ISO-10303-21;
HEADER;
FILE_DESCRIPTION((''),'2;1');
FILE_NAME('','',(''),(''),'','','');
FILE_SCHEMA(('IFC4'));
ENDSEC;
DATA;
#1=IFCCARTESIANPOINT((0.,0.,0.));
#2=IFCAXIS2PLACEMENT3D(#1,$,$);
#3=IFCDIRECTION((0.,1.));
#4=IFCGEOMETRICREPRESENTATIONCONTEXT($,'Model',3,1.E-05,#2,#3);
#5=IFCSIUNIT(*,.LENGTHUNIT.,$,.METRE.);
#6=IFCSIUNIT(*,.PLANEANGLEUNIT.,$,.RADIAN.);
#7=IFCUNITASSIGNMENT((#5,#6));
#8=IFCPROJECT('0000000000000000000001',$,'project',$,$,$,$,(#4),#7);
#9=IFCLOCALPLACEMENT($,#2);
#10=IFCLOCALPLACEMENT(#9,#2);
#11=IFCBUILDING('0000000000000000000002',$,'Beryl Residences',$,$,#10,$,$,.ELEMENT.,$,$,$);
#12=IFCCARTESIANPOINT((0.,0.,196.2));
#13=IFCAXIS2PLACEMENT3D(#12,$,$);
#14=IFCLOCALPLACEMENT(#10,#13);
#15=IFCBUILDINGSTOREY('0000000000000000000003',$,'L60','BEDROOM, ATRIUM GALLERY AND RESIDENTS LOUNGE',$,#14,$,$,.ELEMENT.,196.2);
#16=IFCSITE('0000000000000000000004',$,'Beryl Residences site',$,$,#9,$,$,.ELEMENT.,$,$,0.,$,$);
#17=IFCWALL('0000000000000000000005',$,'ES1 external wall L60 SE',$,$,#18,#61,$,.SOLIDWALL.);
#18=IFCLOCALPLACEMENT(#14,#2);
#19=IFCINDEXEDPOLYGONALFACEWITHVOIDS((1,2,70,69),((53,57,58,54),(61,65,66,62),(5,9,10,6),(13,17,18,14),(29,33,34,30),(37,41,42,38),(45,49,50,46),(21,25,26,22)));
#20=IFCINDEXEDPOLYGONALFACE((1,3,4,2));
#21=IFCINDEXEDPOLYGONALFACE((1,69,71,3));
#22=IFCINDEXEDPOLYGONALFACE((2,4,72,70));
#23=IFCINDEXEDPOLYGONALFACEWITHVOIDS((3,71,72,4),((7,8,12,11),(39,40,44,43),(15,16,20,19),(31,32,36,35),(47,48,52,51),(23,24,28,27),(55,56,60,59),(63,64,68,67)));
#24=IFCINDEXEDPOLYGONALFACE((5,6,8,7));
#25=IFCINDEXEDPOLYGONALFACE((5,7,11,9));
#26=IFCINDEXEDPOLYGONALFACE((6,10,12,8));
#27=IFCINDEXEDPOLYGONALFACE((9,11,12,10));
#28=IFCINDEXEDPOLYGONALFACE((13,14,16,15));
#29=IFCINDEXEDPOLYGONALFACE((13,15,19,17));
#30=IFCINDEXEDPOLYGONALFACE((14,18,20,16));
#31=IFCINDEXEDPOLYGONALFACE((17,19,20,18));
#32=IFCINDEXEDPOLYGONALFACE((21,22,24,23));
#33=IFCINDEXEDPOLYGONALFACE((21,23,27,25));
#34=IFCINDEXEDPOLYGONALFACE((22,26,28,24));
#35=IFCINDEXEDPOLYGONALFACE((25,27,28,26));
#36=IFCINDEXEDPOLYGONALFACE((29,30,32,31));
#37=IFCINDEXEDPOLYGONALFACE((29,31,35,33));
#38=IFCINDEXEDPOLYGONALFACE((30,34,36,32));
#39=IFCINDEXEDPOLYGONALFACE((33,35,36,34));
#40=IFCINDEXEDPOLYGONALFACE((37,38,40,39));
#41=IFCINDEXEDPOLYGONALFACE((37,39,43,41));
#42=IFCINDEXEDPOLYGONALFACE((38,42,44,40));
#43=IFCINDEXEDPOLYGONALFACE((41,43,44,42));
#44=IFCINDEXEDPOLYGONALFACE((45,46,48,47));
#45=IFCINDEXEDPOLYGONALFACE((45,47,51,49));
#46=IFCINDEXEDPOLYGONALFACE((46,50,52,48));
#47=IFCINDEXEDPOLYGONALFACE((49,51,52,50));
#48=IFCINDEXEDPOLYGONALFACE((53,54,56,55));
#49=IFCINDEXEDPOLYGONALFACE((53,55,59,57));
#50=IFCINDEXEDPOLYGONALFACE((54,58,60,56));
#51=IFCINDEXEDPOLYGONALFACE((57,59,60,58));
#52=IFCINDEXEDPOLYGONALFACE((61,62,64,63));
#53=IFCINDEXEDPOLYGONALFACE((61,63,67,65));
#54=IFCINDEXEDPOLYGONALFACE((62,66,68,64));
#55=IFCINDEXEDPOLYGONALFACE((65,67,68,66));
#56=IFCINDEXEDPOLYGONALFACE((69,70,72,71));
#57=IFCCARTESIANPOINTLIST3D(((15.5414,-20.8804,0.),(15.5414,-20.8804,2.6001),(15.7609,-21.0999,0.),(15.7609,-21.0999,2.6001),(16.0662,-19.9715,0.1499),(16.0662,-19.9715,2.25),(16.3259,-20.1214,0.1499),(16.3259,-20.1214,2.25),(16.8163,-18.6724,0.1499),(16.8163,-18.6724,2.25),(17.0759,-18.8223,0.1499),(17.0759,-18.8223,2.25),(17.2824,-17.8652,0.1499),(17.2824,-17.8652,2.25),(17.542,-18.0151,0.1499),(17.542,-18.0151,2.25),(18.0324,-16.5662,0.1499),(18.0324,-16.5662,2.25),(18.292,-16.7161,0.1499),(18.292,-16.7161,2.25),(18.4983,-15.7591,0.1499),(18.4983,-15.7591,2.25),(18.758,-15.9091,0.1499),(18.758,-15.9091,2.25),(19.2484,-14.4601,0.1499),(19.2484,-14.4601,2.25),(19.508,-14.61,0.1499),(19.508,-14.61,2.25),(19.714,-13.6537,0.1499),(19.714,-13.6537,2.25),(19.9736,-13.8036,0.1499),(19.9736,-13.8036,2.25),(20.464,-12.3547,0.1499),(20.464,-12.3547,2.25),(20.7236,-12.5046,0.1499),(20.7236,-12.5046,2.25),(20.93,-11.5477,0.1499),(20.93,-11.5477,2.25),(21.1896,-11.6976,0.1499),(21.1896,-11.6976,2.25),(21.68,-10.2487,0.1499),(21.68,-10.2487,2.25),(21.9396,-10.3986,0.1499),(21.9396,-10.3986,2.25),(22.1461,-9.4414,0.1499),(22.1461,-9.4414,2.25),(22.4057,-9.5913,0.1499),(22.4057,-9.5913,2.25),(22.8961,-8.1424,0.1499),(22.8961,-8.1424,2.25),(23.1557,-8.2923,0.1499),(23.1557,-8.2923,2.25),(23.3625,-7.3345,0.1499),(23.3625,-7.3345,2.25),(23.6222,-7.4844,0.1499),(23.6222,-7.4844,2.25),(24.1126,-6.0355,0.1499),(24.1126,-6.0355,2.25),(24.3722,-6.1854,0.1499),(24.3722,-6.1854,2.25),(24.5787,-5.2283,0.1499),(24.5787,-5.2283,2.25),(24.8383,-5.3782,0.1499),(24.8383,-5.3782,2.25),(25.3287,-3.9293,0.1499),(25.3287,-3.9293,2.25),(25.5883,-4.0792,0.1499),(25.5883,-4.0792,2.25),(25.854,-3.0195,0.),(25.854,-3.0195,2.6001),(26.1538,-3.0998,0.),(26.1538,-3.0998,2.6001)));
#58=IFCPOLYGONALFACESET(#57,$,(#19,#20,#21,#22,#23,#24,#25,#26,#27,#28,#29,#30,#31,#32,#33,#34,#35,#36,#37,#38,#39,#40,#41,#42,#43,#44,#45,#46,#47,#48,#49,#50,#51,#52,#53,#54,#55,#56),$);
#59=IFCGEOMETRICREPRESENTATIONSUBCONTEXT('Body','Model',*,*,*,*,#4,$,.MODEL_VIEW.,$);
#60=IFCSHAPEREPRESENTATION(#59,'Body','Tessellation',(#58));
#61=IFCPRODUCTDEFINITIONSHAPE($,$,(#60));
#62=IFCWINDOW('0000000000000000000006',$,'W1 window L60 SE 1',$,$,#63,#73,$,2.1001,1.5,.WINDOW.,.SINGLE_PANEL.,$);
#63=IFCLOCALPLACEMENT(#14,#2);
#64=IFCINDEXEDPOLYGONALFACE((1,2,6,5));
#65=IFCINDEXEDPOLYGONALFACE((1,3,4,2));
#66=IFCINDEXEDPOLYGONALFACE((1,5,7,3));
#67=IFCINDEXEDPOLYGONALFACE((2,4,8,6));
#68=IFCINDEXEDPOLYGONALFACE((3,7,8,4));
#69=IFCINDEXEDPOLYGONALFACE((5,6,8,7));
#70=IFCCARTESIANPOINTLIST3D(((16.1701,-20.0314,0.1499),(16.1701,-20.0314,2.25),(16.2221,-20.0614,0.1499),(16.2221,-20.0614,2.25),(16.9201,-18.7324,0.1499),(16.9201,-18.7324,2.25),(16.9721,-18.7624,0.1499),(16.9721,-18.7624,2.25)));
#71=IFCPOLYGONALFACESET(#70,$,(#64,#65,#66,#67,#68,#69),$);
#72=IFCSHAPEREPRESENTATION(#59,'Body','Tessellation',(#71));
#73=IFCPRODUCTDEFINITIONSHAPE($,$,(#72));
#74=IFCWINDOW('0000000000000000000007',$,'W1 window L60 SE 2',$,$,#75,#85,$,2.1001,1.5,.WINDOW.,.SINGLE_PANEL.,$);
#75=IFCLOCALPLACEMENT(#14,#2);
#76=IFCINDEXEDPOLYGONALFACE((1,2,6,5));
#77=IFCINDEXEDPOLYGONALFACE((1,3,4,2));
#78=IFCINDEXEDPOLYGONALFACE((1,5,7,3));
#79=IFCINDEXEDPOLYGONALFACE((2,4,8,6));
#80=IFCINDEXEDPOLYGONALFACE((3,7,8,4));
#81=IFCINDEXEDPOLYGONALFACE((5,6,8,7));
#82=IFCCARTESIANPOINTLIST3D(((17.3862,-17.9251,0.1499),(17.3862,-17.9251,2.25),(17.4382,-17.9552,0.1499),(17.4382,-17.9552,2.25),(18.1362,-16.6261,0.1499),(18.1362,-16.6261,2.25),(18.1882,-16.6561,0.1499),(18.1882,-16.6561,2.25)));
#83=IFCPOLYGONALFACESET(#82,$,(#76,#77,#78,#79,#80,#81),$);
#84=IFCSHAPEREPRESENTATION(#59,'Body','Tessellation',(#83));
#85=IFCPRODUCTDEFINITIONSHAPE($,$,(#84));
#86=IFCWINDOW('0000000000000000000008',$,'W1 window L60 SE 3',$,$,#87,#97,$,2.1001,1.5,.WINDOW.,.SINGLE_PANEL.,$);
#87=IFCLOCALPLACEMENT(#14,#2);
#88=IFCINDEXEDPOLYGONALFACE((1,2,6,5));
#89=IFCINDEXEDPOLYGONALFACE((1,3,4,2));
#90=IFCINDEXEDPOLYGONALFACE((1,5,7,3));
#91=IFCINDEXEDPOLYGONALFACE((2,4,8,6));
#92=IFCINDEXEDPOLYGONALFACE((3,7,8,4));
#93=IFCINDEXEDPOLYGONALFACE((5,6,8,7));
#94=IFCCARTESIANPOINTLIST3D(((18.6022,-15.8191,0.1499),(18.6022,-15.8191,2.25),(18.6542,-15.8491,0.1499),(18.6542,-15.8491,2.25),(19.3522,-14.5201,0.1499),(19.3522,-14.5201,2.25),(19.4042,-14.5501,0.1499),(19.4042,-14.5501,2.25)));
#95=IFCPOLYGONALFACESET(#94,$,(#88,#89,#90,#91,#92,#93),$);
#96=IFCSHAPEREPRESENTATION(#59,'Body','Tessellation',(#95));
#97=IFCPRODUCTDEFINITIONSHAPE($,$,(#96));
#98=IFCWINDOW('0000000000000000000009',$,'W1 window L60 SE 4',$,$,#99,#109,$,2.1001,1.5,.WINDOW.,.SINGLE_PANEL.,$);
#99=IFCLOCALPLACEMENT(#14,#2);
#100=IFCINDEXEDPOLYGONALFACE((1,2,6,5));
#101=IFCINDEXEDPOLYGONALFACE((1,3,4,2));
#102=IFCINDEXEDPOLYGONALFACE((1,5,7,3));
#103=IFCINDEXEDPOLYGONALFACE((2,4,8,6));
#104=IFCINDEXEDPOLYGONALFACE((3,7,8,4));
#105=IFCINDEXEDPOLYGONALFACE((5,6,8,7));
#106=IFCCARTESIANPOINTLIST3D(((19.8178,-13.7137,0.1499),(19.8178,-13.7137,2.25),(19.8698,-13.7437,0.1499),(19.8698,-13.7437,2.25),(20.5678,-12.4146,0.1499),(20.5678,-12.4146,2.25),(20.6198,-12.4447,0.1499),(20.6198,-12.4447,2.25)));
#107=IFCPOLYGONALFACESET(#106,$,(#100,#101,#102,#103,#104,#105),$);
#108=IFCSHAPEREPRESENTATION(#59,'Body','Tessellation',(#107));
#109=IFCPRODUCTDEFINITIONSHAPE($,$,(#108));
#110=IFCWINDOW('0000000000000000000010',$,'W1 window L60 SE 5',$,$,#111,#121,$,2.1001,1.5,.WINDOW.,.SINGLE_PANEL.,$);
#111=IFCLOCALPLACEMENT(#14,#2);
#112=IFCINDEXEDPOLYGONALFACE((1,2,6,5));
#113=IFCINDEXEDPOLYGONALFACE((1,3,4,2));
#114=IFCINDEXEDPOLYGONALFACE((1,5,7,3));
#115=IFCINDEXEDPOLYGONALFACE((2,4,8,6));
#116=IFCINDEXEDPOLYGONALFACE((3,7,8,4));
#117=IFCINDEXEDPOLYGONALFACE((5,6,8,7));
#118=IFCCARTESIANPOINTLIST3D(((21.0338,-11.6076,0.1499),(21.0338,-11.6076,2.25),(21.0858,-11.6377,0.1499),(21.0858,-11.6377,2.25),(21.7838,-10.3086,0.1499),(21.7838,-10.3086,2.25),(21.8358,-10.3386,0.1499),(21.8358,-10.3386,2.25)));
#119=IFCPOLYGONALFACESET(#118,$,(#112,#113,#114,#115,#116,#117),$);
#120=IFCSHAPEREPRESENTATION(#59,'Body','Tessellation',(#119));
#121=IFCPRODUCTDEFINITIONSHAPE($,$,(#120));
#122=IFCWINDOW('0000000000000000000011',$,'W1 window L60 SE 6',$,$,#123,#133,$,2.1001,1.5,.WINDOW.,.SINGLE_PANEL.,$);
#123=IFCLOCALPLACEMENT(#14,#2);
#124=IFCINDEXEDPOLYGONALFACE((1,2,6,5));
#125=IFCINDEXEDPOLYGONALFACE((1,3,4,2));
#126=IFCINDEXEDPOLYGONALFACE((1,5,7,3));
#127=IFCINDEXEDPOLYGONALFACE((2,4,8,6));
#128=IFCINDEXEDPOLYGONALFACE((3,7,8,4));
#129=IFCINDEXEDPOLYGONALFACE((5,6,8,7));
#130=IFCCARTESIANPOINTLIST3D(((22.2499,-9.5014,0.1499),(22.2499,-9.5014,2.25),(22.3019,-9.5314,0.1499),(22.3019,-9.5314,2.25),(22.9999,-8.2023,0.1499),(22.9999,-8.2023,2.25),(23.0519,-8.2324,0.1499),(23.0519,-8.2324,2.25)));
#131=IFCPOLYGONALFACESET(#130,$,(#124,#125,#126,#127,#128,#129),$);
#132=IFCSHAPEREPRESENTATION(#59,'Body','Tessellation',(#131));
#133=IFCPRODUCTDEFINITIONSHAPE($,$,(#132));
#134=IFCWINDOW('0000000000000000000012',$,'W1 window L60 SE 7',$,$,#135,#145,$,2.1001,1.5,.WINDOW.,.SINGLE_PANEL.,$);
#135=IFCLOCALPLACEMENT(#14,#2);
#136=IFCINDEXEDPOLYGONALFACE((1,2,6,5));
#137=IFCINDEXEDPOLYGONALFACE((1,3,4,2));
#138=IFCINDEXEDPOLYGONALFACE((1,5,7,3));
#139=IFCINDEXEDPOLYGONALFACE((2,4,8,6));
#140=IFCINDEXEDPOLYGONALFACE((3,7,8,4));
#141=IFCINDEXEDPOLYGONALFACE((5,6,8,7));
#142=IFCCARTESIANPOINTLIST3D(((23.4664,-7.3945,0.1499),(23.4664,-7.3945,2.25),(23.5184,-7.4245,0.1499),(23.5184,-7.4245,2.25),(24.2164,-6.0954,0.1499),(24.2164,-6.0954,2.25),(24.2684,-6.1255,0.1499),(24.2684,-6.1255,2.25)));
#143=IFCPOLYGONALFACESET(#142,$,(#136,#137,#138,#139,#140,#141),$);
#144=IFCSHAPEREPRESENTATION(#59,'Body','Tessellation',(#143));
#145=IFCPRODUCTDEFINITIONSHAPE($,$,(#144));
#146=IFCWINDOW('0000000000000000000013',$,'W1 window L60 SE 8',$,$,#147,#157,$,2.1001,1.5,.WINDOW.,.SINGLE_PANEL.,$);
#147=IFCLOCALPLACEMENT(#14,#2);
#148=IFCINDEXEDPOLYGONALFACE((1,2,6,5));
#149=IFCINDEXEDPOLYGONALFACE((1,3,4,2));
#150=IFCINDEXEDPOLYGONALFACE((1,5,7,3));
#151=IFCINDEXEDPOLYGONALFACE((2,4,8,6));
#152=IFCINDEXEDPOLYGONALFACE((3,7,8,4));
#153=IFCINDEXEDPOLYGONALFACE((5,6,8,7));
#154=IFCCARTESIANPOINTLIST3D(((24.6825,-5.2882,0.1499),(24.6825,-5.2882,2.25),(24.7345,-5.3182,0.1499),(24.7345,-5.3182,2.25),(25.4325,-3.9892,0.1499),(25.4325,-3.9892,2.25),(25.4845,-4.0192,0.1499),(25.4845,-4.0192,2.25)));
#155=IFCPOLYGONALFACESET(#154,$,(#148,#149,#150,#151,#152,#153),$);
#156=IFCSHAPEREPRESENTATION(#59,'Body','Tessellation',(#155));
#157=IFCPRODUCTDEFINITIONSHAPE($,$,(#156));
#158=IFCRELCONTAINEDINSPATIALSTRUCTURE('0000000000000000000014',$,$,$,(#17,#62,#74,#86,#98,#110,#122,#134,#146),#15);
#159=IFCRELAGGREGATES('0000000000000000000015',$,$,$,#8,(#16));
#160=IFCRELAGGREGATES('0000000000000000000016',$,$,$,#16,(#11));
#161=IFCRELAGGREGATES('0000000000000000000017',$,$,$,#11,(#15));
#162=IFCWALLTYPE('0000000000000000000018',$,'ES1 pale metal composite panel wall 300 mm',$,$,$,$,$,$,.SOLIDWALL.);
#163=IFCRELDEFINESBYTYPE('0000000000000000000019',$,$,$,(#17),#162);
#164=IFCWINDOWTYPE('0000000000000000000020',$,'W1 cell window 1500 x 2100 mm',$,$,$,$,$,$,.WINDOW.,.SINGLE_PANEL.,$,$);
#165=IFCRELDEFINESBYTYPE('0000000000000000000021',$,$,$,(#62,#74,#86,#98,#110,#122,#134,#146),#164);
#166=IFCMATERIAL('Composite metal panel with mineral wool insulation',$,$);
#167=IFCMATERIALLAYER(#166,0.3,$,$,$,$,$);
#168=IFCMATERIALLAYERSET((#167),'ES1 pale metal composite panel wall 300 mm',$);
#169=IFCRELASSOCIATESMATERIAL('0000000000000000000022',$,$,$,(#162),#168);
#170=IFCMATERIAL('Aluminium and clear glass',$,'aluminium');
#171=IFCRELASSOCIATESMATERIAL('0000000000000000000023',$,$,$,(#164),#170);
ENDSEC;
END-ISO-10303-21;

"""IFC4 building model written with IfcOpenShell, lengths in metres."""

from ifc_helpers import new_model, si_unit, direction, frame, frame_2d, origin, place, context, subcontext, project, spatial, polyline, rectangle, outline, extrude, material, layer, layer_set, type_object, element, fill, save


model = new_model("IFC4")

# Units and contexts
model_context = context("Model", 3, precision=1e-05, world=origin(), true_north=direction((0.0, 1.0)))
body_context = subcontext(model_context, "Body", "Model", "MODEL_VIEW")
ifc_project = project(units=[si_unit("LENGTHUNIT", "METRE"), si_unit("PLANEANGLEUNIT", "RADIAN")], contexts=[model_context])

# Site, building, storey
site_placement = place(None, origin())
site = spatial("IfcSite", under=ifc_project, at=site_placement, Name="Beryl Residences site", CompositionType="ELEMENT", RefElevation=0.0)
building_placement = place(site_placement, origin())
building = spatial("IfcBuilding", under=site, at=building_placement, Name="Beryl Residences", CompositionType="ELEMENT")
storey_placement = place(building_placement, frame((0.0, 0.0, 196.2)))
storey = spatial("IfcBuildingStorey", under=building, at=storey_placement, Name="L60", Description="BEDROOM, ATRIUM GALLERY AND RESIDENTS LOUNGE", CompositionType="ELEMENT", Elevation=196.2)

# Wall, openings, windows
ifc_material_1 = material(Name="Composite metal panel with mineral wool insulation")
ifc_layer_1 = layer(ifc_material_1, 0.3)
ifc_layer_set_1 = layer_set([ifc_layer_1], Name="ES1 pale metal composite panel wall 300 mm")
wall_type_1 = type_object("IfcWallType", Name="ES1 pale metal composite panel wall 300 mm", PredefinedType="SOLIDWALL", material=ifc_layer_set_1)
wall_1_placement = place(storey_placement, frame((15.6311, -21.0249, 0.0), z_axis=(0.0, 0.0, 1.0), x_axis=(0.500019, 0.866015, 0.0)))
wall_1 = element("IfcWall", 1, at=wall_1_placement, inside=storey, type_object=wall_type_1, Name="ES1 external wall L60 SE", PredefinedType="SOLIDWALL", context=body_context, shape_type="SweptSolid", body=[
    extrude(outline(polyline([(0.0, -0.1499), (20.7849, -0.1499), (20.7046, 0.1499), (0.0803, 0.1499), (0.0, -0.1499)])), origin(), (0.0, 0.0, 1.0), 2.6001),
])
opening_1_placement = place(wall_1_placement, frame((1.1299, 0.0, 0.1499)))
opening_1 = element("IfcOpeningElement", 2, at=opening_1_placement, cuts=wall_1, PredefinedType="OPENING", context=body_context, shape_type="SweptSolid", body=[
    extrude(rectangle(XDim=1.5, YDim=2.1001, at=frame_2d((0.75, 1.05))), frame((0.0, 0.1599, 0.0), z_axis=(0.0, -1.0, 0.0), x_axis=(1.0, 0.0, 0.0)), (0.0, 0.0, 1.0), 0.3201),
])
opening_2_placement = place(wall_1_placement, frame((3.562, 0.0, 0.1499)))
opening_2 = element("IfcOpeningElement", 3, at=opening_2_placement, cuts=wall_1, PredefinedType="OPENING", context=body_context, shape_type="SweptSolid", body=[
    extrude(rectangle(XDim=1.5, YDim=2.1001, at=frame_2d((0.75, 1.05))), frame((0.0, 0.1599, 0.0), z_axis=(0.0, -1.0, 0.0), x_axis=(1.0, 0.0, 0.0)), (0.0, 0.0, 1.0), 0.3201),
])
opening_3_placement = place(wall_1_placement, frame((5.9939, 0.0, 0.1499)))
opening_3 = element("IfcOpeningElement", 4, at=opening_3_placement, cuts=wall_1, PredefinedType="OPENING", context=body_context, shape_type="SweptSolid", body=[
    extrude(rectangle(XDim=1.5, YDim=2.1001, at=frame_2d((0.75, 1.05))), frame((0.0, 0.1599, 0.0), z_axis=(0.0, -1.0, 0.0), x_axis=(1.0, 0.0, 0.0)), (0.0, 0.0, 1.0), 0.3201),
])
opening_4_placement = place(wall_1_placement, frame((8.425, 0.0, 0.1499)))
opening_4 = element("IfcOpeningElement", 5, at=opening_4_placement, cuts=wall_1, PredefinedType="OPENING", context=body_context, shape_type="SweptSolid", body=[
    extrude(rectangle(XDim=1.5, YDim=2.1001, at=frame_2d((0.75, 1.05))), frame((0.0, 0.1599, 0.0), z_axis=(0.0, -1.0, 0.0), x_axis=(1.0, 0.0, 0.0)), (0.0, 0.0, 1.0), 0.3201),
])
opening_5_placement = place(wall_1_placement, frame((10.8569, 0.0, 0.1499)))
opening_5 = element("IfcOpeningElement", 6, at=opening_5_placement, cuts=wall_1, PredefinedType="OPENING", context=body_context, shape_type="SweptSolid", body=[
    extrude(rectangle(XDim=1.5, YDim=2.1001, at=frame_2d((0.75, 1.05))), frame((0.0, 0.1599, 0.0), z_axis=(0.0, -1.0, 0.0), x_axis=(1.0, 0.0, 0.0)), (0.0, 0.0, 1.0), 0.3201),
])
opening_6_placement = place(wall_1_placement, frame((13.2891, 0.0, 0.1499)))
opening_6 = element("IfcOpeningElement", 7, at=opening_6_placement, cuts=wall_1, PredefinedType="OPENING", context=body_context, shape_type="SweptSolid", body=[
    extrude(rectangle(XDim=1.5, YDim=2.1001, at=frame_2d((0.75, 1.05))), frame((0.0, 0.1599, 0.0), z_axis=(0.0, -1.0, 0.0), x_axis=(1.0, 0.0, 0.0)), (0.0, 0.0, 1.0), 0.3201),
])
opening_7_placement = place(wall_1_placement, frame((15.7219, 0.0, 0.1499)))
opening_7 = element("IfcOpeningElement", 8, at=opening_7_placement, cuts=wall_1, PredefinedType="OPENING", context=body_context, shape_type="SweptSolid", body=[
    extrude(rectangle(XDim=1.5, YDim=2.1001, at=frame_2d((0.75, 1.05))), frame((0.0, 0.1599, 0.0), z_axis=(0.0, -1.0, 0.0), x_axis=(1.0, 0.0, 0.0)), (0.0, 0.0, 1.0), 0.3201),
])
opening_8_placement = place(wall_1_placement, frame((18.1541, 0.0, 0.1499)))
opening_8 = element("IfcOpeningElement", 9, at=opening_8_placement, cuts=wall_1, PredefinedType="OPENING", context=body_context, shape_type="SweptSolid", body=[
    extrude(rectangle(XDim=1.5, YDim=2.1001, at=frame_2d((0.75, 1.05))), frame((0.0, 0.1599, 0.0), z_axis=(0.0, -1.0, 0.0), x_axis=(1.0, 0.0, 0.0)), (0.0, 0.0, 1.0), 0.3201),
])
ifc_material_2 = material(Name="Aluminium and clear glass", Category="aluminium")
window_type = type_object("IfcWindowType", Name="W1 cell window 1500 x 2100 mm", PartitioningType="SINGLE_PANEL", PredefinedType="WINDOW", material=ifc_material_2)
window_1_placement = place(opening_1_placement, origin())
window_1 = element("IfcWindow", 10, at=window_1_placement, inside=storey, type_object=window_type, Name="W1 window L60 SE 1", OverallHeight=2.1001, OverallWidth=1.5, PartitioningType="SINGLE_PANEL", PredefinedType="WINDOW", context=body_context, shape_type="SweptSolid", body=[
    extrude(rectangle(XDim=1.5, YDim=2.1001, at=frame_2d((0.75, 1.05))), frame((0.0, 0.03, 0.0), z_axis=(0.0, -1.0, 0.0), x_axis=(1.0, 0.0, 0.0)), (0.0, 0.0, 1.0), 0.0601),
])
fill(opening_1, window_1)
window_2_placement = place(opening_2_placement, origin())
window_2 = element("IfcWindow", 11, at=window_2_placement, inside=storey, type_object=window_type, Name="W1 window L60 SE 2", OverallHeight=2.1001, OverallWidth=1.5, PartitioningType="SINGLE_PANEL", PredefinedType="WINDOW", context=body_context, shape_type="SweptSolid", body=[
    extrude(rectangle(XDim=1.5, YDim=2.1001, at=frame_2d((0.75, 1.05))), frame((0.0, 0.03, 0.0), z_axis=(0.0, -1.0, 0.0), x_axis=(1.0, 0.0, 0.0)), (0.0, 0.0, 1.0), 0.0601),
])
fill(opening_2, window_2)
window_3_placement = place(opening_3_placement, origin())
window_3 = element("IfcWindow", 12, at=window_3_placement, inside=storey, type_object=window_type, Name="W1 window L60 SE 3", OverallHeight=2.1001, OverallWidth=1.5, PartitioningType="SINGLE_PANEL", PredefinedType="WINDOW", context=body_context, shape_type="SweptSolid", body=[
    extrude(rectangle(XDim=1.5, YDim=2.1001, at=frame_2d((0.75, 1.05))), frame((0.0, 0.03, 0.0), z_axis=(0.0, -1.0, 0.0), x_axis=(1.0, 0.0, 0.0)), (0.0, 0.0, 1.0), 0.0601),
])
fill(opening_3, window_3)
window_4_placement = place(opening_4_placement, origin())
window_4 = element("IfcWindow", 13, at=window_4_placement, inside=storey, type_object=window_type, Name="W1 window L60 SE 4", OverallHeight=2.1001, OverallWidth=1.5, PartitioningType="SINGLE_PANEL", PredefinedType="WINDOW", context=body_context, shape_type="SweptSolid", body=[
    extrude(rectangle(XDim=1.5, YDim=2.1001, at=frame_2d((0.75, 1.05))), frame((0.0, 0.03, 0.0), z_axis=(0.0, -1.0, 0.0), x_axis=(1.0, 0.0, 0.0)), (0.0, 0.0, 1.0), 0.0601),
])
fill(opening_4, window_4)
window_5_placement = place(opening_5_placement, origin())
window_5 = element("IfcWindow", 14, at=window_5_placement, inside=storey, type_object=window_type, Name="W1 window L60 SE 5", OverallHeight=2.1001, OverallWidth=1.5, PartitioningType="SINGLE_PANEL", PredefinedType="WINDOW", context=body_context, shape_type="SweptSolid", body=[
    extrude(rectangle(XDim=1.5, YDim=2.1001, at=frame_2d((0.75, 1.05))), frame((0.0, 0.03, 0.0), z_axis=(0.0, -1.0, 0.0), x_axis=(1.0, 0.0, 0.0)), (0.0, 0.0, 1.0), 0.0601),
])
fill(opening_5, window_5)
window_6_placement = place(opening_6_placement, origin())
window_6 = element("IfcWindow", 15, at=window_6_placement, inside=storey, type_object=window_type, Name="W1 window L60 SE 6", OverallHeight=2.1001, OverallWidth=1.5, PartitioningType="SINGLE_PANEL", PredefinedType="WINDOW", context=body_context, shape_type="SweptSolid", body=[
    extrude(rectangle(XDim=1.5, YDim=2.1001, at=frame_2d((0.75, 1.05))), frame((0.0, 0.03, 0.0), z_axis=(0.0, -1.0, 0.0), x_axis=(1.0, 0.0, 0.0)), (0.0, 0.0, 1.0), 0.0601),
])
fill(opening_6, window_6)
window_7_placement = place(opening_7_placement, origin())
window_7 = element("IfcWindow", 16, at=window_7_placement, inside=storey, type_object=window_type, Name="W1 window L60 SE 7", OverallHeight=2.1001, OverallWidth=1.5, PartitioningType="SINGLE_PANEL", PredefinedType="WINDOW", context=body_context, shape_type="SweptSolid", body=[
    extrude(rectangle(XDim=1.5, YDim=2.1001, at=frame_2d((0.75, 1.05))), frame((0.0, 0.03, 0.0), z_axis=(0.0, -1.0, 0.0), x_axis=(1.0, 0.0, 0.0)), (0.0, 0.0, 1.0), 0.0601),
])
fill(opening_7, window_7)
window_8_placement = place(opening_8_placement, origin())
window_8 = element("IfcWindow", 17, at=window_8_placement, inside=storey, type_object=window_type, Name="W1 window L60 SE 8", OverallHeight=2.1001, OverallWidth=1.5, PartitioningType="SINGLE_PANEL", PredefinedType="WINDOW", context=body_context, shape_type="SweptSolid", body=[
    extrude(rectangle(XDim=1.5, YDim=2.1001, at=frame_2d((0.75, 1.05))), frame((0.0, 0.03, 0.0), z_axis=(0.0, -1.0, 0.0), x_axis=(1.0, 0.0, 0.0)), (0.0, 0.0, 1.0), 0.0601),
])
fill(opening_8, window_8)

save(model, "model.ifc")
